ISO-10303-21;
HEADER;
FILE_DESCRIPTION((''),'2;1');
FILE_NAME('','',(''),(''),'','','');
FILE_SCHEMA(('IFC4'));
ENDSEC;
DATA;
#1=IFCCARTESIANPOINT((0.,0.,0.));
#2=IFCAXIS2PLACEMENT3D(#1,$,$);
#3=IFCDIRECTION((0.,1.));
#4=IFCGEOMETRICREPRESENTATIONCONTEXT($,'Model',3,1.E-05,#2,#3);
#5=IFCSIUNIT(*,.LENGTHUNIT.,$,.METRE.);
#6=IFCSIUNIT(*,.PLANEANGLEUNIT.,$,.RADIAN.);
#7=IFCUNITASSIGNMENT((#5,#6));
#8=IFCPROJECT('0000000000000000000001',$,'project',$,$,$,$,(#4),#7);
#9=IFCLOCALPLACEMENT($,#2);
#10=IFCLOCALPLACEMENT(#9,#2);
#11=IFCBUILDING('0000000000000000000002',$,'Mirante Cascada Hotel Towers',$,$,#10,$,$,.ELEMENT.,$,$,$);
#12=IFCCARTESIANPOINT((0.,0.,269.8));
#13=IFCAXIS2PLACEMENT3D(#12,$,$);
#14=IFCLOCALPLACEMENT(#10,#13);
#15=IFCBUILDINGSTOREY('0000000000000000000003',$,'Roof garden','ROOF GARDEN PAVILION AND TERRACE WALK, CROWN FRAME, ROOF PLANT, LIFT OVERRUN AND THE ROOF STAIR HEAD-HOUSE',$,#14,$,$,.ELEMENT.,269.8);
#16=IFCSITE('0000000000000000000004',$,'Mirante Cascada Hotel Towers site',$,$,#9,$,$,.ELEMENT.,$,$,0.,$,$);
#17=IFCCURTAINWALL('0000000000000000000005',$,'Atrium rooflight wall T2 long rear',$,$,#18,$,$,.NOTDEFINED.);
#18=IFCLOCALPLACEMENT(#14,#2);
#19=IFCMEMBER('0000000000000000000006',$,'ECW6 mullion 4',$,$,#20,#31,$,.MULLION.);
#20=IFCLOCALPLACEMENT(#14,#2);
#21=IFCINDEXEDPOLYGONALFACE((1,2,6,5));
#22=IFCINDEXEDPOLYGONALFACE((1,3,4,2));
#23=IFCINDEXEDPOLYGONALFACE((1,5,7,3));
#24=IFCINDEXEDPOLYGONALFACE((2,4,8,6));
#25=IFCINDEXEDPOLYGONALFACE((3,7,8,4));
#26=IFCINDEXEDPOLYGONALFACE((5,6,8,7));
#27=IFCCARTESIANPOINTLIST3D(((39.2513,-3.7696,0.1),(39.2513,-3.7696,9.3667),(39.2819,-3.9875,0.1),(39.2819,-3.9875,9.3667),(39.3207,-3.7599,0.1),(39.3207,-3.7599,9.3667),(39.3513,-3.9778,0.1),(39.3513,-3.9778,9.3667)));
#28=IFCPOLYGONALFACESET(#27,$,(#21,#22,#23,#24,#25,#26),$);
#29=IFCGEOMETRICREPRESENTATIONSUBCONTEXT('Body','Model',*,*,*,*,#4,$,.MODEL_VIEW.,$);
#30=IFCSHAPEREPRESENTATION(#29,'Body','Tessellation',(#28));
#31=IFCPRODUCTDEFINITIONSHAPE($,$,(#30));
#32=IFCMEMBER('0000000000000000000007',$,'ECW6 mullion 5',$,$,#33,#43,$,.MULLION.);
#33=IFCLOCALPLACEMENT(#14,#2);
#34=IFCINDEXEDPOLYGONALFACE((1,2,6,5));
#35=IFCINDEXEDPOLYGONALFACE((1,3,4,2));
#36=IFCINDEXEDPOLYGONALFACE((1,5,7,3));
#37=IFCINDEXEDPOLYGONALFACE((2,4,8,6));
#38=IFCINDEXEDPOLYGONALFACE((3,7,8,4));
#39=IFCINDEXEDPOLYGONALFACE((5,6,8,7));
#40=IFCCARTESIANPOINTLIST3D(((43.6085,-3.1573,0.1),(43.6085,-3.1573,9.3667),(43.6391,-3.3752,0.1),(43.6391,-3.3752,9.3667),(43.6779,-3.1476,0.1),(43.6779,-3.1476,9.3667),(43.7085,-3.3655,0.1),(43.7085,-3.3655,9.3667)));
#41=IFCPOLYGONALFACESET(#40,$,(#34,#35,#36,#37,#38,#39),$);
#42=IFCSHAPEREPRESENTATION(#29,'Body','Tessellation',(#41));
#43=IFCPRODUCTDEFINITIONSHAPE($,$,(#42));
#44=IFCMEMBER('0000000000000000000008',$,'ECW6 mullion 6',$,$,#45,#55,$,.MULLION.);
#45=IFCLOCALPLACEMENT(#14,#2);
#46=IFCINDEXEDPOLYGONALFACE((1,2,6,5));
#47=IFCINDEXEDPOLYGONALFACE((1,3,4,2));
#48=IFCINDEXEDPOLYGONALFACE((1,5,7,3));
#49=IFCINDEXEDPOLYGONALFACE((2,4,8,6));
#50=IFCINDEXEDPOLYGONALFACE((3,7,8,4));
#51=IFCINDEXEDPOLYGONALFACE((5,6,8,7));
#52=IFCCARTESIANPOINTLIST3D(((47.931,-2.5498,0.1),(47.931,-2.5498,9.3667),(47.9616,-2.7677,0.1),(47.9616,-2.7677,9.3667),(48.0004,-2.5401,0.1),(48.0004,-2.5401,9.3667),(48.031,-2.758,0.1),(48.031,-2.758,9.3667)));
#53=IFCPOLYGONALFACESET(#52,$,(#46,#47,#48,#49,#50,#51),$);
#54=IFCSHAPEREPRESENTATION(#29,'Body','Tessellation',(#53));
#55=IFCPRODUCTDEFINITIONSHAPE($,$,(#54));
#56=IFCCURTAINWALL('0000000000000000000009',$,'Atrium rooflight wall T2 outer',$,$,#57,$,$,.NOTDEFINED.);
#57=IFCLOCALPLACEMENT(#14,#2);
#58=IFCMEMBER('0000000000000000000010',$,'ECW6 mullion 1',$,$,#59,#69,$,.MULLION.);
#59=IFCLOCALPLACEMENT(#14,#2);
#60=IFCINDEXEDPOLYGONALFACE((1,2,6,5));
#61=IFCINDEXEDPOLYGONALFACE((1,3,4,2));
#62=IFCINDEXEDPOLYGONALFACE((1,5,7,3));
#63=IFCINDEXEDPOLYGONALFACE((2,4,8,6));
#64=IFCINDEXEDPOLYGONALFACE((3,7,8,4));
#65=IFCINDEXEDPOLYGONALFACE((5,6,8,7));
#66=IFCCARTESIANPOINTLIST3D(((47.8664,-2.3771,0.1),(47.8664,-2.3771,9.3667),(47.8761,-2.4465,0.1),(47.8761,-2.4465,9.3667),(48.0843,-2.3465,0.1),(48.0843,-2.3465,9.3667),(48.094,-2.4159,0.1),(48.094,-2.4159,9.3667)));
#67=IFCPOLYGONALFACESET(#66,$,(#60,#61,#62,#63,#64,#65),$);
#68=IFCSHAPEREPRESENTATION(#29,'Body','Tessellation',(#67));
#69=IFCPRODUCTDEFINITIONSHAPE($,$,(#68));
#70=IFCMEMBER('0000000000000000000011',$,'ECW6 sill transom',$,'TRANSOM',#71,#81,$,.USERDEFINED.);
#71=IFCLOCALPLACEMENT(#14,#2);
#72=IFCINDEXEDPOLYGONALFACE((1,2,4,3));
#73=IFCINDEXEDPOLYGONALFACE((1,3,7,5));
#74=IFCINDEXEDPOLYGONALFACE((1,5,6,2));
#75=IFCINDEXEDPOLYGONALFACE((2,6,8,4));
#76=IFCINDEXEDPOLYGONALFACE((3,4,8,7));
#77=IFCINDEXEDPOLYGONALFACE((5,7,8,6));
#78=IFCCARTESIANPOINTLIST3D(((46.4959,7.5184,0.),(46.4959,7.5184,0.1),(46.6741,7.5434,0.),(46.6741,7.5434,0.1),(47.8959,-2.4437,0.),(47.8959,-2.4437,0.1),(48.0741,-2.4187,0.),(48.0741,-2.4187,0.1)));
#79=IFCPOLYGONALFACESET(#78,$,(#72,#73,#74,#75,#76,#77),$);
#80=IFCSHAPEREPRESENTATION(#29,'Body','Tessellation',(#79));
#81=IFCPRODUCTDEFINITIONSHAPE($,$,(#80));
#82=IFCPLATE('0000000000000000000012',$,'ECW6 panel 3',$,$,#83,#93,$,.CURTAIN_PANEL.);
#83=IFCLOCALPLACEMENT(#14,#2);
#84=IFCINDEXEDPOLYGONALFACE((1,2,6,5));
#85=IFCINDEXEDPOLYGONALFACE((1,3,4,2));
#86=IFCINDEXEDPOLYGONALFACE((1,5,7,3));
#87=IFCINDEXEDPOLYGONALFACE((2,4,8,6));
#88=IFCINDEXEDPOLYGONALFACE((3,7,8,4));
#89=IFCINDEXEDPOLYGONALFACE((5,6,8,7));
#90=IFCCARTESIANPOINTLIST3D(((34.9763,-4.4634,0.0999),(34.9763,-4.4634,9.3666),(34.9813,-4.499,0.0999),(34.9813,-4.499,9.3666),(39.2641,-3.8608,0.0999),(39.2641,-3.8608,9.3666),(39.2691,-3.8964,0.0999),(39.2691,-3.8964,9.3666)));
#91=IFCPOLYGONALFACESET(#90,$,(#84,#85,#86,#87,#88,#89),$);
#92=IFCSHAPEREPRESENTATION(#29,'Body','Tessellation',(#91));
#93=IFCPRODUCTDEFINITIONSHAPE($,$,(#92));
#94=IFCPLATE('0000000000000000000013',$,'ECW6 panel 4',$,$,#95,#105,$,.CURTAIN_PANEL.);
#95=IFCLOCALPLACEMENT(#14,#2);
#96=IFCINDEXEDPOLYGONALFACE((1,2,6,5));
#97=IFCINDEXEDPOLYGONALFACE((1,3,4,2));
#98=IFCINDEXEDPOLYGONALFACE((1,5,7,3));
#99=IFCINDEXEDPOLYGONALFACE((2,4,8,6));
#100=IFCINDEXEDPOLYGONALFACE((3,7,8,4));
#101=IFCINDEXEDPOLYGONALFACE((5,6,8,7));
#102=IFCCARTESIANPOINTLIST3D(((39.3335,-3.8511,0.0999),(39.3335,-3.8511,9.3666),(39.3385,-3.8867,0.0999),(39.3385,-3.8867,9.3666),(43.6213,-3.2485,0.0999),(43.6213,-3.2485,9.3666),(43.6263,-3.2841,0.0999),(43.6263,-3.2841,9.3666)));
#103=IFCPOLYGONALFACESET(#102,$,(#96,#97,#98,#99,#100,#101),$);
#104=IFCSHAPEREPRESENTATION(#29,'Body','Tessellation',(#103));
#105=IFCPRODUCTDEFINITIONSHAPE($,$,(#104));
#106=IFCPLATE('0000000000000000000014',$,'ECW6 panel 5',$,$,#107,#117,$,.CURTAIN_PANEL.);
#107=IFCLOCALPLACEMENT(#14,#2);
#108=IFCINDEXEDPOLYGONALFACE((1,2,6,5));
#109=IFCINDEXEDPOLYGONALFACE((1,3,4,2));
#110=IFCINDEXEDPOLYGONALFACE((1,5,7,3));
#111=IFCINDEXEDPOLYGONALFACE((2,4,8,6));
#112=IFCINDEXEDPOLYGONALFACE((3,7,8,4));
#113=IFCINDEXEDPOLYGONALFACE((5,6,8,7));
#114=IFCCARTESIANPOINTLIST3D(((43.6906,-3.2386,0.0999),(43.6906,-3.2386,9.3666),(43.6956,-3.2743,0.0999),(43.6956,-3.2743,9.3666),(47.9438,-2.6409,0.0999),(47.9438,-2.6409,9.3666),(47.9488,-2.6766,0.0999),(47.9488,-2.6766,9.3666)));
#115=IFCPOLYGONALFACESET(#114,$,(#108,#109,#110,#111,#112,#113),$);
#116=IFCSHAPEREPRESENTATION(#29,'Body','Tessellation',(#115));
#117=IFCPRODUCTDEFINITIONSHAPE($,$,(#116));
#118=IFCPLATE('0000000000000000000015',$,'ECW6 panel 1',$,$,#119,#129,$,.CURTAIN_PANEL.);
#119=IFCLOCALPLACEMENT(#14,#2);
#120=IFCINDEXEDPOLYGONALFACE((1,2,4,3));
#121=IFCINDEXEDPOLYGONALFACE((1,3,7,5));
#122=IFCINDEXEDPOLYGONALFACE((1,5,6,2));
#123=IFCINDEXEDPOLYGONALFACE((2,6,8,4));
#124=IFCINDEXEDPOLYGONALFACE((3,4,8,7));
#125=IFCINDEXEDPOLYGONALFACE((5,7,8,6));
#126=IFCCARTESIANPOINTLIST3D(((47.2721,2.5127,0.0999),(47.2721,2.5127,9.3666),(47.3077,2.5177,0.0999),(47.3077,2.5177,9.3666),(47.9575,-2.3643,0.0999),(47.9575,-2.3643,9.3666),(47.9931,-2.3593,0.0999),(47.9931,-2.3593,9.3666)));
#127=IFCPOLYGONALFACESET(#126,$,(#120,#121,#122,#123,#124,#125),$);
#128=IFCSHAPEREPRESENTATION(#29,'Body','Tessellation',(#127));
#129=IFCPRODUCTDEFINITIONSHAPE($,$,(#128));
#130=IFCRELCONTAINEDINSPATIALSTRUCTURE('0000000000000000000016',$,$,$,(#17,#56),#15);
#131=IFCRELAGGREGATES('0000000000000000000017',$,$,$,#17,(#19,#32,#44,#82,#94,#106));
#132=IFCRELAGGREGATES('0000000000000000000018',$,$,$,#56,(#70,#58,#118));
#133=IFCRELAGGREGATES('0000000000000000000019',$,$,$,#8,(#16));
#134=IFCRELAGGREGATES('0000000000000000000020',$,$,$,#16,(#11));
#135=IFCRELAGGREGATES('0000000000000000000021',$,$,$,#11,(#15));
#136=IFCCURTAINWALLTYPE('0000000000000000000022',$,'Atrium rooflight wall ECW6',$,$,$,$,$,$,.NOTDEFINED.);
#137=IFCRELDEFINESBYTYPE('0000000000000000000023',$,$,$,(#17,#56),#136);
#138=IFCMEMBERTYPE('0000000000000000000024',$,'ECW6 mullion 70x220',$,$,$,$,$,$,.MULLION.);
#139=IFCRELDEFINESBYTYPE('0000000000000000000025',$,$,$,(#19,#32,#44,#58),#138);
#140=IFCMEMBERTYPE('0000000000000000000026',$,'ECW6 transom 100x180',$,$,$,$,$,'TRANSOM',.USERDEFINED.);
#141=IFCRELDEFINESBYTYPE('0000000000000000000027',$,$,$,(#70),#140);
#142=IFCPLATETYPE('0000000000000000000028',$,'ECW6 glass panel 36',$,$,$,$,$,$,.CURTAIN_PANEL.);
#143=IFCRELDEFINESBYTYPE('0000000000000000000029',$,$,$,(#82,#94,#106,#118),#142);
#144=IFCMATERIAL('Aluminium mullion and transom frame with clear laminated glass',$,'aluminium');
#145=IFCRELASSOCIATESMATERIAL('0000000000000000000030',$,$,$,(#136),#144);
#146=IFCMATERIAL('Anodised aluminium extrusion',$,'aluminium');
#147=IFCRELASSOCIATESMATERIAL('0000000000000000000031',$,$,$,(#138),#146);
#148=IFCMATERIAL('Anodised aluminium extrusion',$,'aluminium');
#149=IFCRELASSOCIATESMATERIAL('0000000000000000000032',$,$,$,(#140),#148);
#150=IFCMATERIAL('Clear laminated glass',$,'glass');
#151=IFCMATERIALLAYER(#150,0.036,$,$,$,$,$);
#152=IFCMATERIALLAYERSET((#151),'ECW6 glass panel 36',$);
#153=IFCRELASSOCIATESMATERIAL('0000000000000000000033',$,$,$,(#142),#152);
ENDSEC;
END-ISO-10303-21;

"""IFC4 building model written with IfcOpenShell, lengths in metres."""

from ifc_helpers import new_model, si_unit, direction, frame, origin, origin_2d, place, context, subcontext, project, spatial, rectangle, extrude, material, layer, layer_set, material_profile, profile_set, type_object, element, aggregate, save


model = new_model("IFC4")

# Units and contexts
model_context = context("Model", 3, precision=1e-05, world=origin(), true_north=direction((0.0, 1.0)))
body_context = subcontext(model_context, "Body", "Model", "MODEL_VIEW")
ifc_project = project(units=[si_unit("LENGTHUNIT", "METRE"), si_unit("PLANEANGLEUNIT", "RADIAN")], contexts=[model_context])

# Site, building, storey
site_placement = place(None, origin())
site = spatial("IfcSite", under=ifc_project, at=site_placement, Name="Mirante Cascada Hotel Towers site", CompositionType="ELEMENT", RefElevation=0.0)
building_placement = place(site_placement, origin())
building = spatial("IfcBuilding", under=site, at=building_placement, Name="Mirante Cascada Hotel Towers", CompositionType="ELEMENT")
storey_placement = place(building_placement, frame((0.0, 0.0, 269.8)))
storey = spatial("IfcBuildingStorey", under=building, at=storey_placement, Name="Roof garden", Description="ROOF GARDEN PAVILION AND TERRACE WALK, CROWN FRAME, ROOF PLANT, LIFT OVERRUN AND THE ROOF STAIR HEAD-HOUSE", CompositionType="ELEMENT", Elevation=269.8)

# Curtain walls, members
ifc_material_1 = material(Name="Aluminium mullion and transom frame with clear laminated glass", Category="aluminium")
curtain_wall_type = type_object("IfcCurtainWallType", Name="Atrium rooflight wall ECW6", PredefinedType="NOTDEFINED", material=ifc_material_1)
curtain_wall_1_placement = place(storey_placement, origin())
curtain_wall_1 = element("IfcCurtainWall", 1, at=curtain_wall_1_placement, inside=storey, type_object=curtain_wall_type, Name="Atrium rooflight wall T2 long rear", PredefinedType="NOTDEFINED")
ifc_material_2 = material(Name="Anodised aluminium extrusion", Category="aluminium")
ifc_material_profile_1 = material_profile(ifc_material_2, rectangle(XDim=0.22, YDim=0.07, at=origin_2d()), Name="ECW6 MULLION 70x220")
ifc_profile_set_1 = profile_set([ifc_material_profile_1], Name="Anodised aluminium extrusion")
member_type_1 = type_object("IfcMemberType", Name="ECW6 mullion 70x220", PredefinedType="MULLION", material=ifc_profile_set_1)
member_1_placement = place(storey_placement, frame((39.3013, -3.8737, 0.1), z_axis=(0.0, 0.0, 1.0), x_axis=(-0.139173, 0.990268, 0.0)))
member_1 = element("IfcMember", 2, at=member_1_placement, type_object=member_type_1, Name="ECW6 mullion 4", PredefinedType="MULLION", context=body_context, shape_type="SweptSolid", body=[
    extrude(rectangle(XDim=0.22, YDim=0.07, at=origin_2d()), origin(), (0.0, 0.0, 1.0), 9.2667),
])
member_2_placement = place(storey_placement, frame((43.6585, -3.2614, 0.1), z_axis=(0.0, 0.0, 1.0), x_axis=(-0.139173, 0.990268, 0.0)))
member_2 = element("IfcMember", 3, at=member_2_placement, type_object=member_type_1, Name="ECW6 mullion 5", PredefinedType="MULLION", context=body_context, shape_type="SweptSolid", body=[
    extrude(rectangle(XDim=0.22, YDim=0.07, at=origin_2d()), origin(), (0.0, 0.0, 1.0), 9.2667),
])
member_3_placement = place(storey_placement, frame((47.981, -2.6539, 0.1), z_axis=(0.0, 0.0, 1.0), x_axis=(-0.139173, 0.990268, 0.0)))
member_3 = element("IfcMember", 4, at=member_3_placement, type_object=member_type_1, Name="ECW6 mullion 6", PredefinedType="MULLION", context=body_context, shape_type="SweptSolid", body=[
    extrude(rectangle(XDim=0.22, YDim=0.07, at=origin_2d()), origin(), (0.0, 0.0, 1.0), 9.2667),
])
curtain_wall_2_placement = place(storey_placement, origin())
curtain_wall_2 = element("IfcCurtainWall", 5, at=curtain_wall_2_placement, inside=storey, type_object=curtain_wall_type, Name="Atrium rooflight wall T2 outer", PredefinedType="NOTDEFINED")
member_4_placement = place(storey_placement, frame((47.9802, -2.3965, 0.1), z_axis=(0.0, 0.0, 1.0), x_axis=(-0.990268, -0.139173, 0.0)))
member_4 = element("IfcMember", 6, at=member_4_placement, type_object=member_type_1, Name="ECW6 mullion 1", PredefinedType="MULLION", context=body_context, shape_type="SweptSolid", body=[
    extrude(rectangle(XDim=0.22, YDim=0.07, at=origin_2d()), origin(), (0.0, 0.0, 1.0), 9.2667),
])
ifc_material_3 = material(Name="Anodised aluminium extrusion", Category="aluminium")
ifc_material_profile_2 = material_profile(ifc_material_3, rectangle(XDim=0.18, YDim=0.1, at=origin_2d()), Name="ECW6 TRANSOM 100x180")
ifc_profile_set_2 = profile_set([ifc_material_profile_2], Name="Anodised aluminium extrusion")
member_type_2 = type_object("IfcMemberType", Name="ECW6 transom 100x180", ElementType="TRANSOM", PredefinedType="USERDEFINED", material=ifc_profile_set_2)
member_5_placement = place(storey_placement, frame((47.985, -2.4312, 0.05), z_axis=(-0.139165, 0.990269, 0.0), x_axis=(-0.990269, -0.139165, 0.0)))
member_5 = element("IfcMember", 7, at=member_5_placement, type_object=member_type_2, Name="ECW6 sill transom", ObjectType="TRANSOM", PredefinedType="USERDEFINED", context=body_context, shape_type="SweptSolid", body=[
    extrude(rectangle(XDim=0.18, YDim=0.1, at=origin_2d()), origin(), (0.0, 0.0, 1.0), 10.06),
])

# Plates
ifc_material_4 = material(Name="Clear laminated glass", Category="glass")
ifc_layer_1 = layer(ifc_material_4, 0.036)
ifc_layer_set_1 = layer_set([ifc_layer_1], Name="ECW6 glass panel 36")
plate_type = type_object("IfcPlateType", Name="ECW6 glass panel 36", PredefinedType="CURTAIN_PANEL", material=ifc_layer_set_1)
plate_1_placement = place(storey_placement, frame((37.1227, -4.1799, 0.0999), z_axis=(0.0, 0.0, 1.0), x_axis=(0.990268, 0.139173, 0.0)))
plate_1 = element("IfcPlate", 8, at=plate_1_placement, type_object=plate_type, Name="ECW6 panel 3", PredefinedType="CURTAIN_PANEL", context=body_context, shape_type="SweptSolid", body=[
    extrude(rectangle(XDim=4.33, YDim=0.036, at=origin_2d()), origin(), (0.0, 0.0, 1.0), 9.2667),
])
plate_2_placement = place(storey_placement, frame((41.4799, -3.5676, 0.0999), z_axis=(0.0, 0.0, 1.0), x_axis=(0.990268, 0.139173, 0.0)))
plate_2 = element("IfcPlate", 9, at=plate_2_placement, type_object=plate_type, Name="ECW6 panel 4", PredefinedType="CURTAIN_PANEL", context=body_context, shape_type="SweptSolid", body=[
    extrude(rectangle(XDim=4.33, YDim=0.036, at=origin_2d()), origin(), (0.0, 0.0, 1.0), 9.2667),
])
plate_3_placement = place(storey_placement, frame((45.8197, -2.9576, 0.0999), z_axis=(0.0, 0.0, 1.0), x_axis=(0.990268, 0.139173, 0.0)))
plate_3 = element("IfcPlate", 10, at=plate_3_placement, type_object=plate_type, Name="ECW6 panel 5", PredefinedType="CURTAIN_PANEL", context=body_context, shape_type="SweptSolid", body=[
    extrude(rectangle(XDim=4.295, YDim=0.036, at=origin_2d()), origin(), (0.0, 0.0, 1.0), 9.2667),
])
aggregate(curtain_wall_1, [member_1, member_2, member_3, plate_1, plate_2, plate_3])
plate_4_placement = place(storey_placement, frame((47.6326, 0.0767, 0.0999), z_axis=(0.0, 0.0, 1.0), x_axis=(-0.139173, 0.990268, 0.0)))
plate_4 = element("IfcPlate", 11, at=plate_4_placement, type_object=plate_type, Name="ECW6 panel 1", PredefinedType="CURTAIN_PANEL", context=body_context, shape_type="SweptSolid", body=[
    extrude(rectangle(XDim=4.925, YDim=0.036, at=origin_2d()), origin(), (0.0, 0.0, 1.0), 9.2667),
])
aggregate(curtain_wall_2, [member_5, member_4, plate_4])

save(model, "model.ifc")
